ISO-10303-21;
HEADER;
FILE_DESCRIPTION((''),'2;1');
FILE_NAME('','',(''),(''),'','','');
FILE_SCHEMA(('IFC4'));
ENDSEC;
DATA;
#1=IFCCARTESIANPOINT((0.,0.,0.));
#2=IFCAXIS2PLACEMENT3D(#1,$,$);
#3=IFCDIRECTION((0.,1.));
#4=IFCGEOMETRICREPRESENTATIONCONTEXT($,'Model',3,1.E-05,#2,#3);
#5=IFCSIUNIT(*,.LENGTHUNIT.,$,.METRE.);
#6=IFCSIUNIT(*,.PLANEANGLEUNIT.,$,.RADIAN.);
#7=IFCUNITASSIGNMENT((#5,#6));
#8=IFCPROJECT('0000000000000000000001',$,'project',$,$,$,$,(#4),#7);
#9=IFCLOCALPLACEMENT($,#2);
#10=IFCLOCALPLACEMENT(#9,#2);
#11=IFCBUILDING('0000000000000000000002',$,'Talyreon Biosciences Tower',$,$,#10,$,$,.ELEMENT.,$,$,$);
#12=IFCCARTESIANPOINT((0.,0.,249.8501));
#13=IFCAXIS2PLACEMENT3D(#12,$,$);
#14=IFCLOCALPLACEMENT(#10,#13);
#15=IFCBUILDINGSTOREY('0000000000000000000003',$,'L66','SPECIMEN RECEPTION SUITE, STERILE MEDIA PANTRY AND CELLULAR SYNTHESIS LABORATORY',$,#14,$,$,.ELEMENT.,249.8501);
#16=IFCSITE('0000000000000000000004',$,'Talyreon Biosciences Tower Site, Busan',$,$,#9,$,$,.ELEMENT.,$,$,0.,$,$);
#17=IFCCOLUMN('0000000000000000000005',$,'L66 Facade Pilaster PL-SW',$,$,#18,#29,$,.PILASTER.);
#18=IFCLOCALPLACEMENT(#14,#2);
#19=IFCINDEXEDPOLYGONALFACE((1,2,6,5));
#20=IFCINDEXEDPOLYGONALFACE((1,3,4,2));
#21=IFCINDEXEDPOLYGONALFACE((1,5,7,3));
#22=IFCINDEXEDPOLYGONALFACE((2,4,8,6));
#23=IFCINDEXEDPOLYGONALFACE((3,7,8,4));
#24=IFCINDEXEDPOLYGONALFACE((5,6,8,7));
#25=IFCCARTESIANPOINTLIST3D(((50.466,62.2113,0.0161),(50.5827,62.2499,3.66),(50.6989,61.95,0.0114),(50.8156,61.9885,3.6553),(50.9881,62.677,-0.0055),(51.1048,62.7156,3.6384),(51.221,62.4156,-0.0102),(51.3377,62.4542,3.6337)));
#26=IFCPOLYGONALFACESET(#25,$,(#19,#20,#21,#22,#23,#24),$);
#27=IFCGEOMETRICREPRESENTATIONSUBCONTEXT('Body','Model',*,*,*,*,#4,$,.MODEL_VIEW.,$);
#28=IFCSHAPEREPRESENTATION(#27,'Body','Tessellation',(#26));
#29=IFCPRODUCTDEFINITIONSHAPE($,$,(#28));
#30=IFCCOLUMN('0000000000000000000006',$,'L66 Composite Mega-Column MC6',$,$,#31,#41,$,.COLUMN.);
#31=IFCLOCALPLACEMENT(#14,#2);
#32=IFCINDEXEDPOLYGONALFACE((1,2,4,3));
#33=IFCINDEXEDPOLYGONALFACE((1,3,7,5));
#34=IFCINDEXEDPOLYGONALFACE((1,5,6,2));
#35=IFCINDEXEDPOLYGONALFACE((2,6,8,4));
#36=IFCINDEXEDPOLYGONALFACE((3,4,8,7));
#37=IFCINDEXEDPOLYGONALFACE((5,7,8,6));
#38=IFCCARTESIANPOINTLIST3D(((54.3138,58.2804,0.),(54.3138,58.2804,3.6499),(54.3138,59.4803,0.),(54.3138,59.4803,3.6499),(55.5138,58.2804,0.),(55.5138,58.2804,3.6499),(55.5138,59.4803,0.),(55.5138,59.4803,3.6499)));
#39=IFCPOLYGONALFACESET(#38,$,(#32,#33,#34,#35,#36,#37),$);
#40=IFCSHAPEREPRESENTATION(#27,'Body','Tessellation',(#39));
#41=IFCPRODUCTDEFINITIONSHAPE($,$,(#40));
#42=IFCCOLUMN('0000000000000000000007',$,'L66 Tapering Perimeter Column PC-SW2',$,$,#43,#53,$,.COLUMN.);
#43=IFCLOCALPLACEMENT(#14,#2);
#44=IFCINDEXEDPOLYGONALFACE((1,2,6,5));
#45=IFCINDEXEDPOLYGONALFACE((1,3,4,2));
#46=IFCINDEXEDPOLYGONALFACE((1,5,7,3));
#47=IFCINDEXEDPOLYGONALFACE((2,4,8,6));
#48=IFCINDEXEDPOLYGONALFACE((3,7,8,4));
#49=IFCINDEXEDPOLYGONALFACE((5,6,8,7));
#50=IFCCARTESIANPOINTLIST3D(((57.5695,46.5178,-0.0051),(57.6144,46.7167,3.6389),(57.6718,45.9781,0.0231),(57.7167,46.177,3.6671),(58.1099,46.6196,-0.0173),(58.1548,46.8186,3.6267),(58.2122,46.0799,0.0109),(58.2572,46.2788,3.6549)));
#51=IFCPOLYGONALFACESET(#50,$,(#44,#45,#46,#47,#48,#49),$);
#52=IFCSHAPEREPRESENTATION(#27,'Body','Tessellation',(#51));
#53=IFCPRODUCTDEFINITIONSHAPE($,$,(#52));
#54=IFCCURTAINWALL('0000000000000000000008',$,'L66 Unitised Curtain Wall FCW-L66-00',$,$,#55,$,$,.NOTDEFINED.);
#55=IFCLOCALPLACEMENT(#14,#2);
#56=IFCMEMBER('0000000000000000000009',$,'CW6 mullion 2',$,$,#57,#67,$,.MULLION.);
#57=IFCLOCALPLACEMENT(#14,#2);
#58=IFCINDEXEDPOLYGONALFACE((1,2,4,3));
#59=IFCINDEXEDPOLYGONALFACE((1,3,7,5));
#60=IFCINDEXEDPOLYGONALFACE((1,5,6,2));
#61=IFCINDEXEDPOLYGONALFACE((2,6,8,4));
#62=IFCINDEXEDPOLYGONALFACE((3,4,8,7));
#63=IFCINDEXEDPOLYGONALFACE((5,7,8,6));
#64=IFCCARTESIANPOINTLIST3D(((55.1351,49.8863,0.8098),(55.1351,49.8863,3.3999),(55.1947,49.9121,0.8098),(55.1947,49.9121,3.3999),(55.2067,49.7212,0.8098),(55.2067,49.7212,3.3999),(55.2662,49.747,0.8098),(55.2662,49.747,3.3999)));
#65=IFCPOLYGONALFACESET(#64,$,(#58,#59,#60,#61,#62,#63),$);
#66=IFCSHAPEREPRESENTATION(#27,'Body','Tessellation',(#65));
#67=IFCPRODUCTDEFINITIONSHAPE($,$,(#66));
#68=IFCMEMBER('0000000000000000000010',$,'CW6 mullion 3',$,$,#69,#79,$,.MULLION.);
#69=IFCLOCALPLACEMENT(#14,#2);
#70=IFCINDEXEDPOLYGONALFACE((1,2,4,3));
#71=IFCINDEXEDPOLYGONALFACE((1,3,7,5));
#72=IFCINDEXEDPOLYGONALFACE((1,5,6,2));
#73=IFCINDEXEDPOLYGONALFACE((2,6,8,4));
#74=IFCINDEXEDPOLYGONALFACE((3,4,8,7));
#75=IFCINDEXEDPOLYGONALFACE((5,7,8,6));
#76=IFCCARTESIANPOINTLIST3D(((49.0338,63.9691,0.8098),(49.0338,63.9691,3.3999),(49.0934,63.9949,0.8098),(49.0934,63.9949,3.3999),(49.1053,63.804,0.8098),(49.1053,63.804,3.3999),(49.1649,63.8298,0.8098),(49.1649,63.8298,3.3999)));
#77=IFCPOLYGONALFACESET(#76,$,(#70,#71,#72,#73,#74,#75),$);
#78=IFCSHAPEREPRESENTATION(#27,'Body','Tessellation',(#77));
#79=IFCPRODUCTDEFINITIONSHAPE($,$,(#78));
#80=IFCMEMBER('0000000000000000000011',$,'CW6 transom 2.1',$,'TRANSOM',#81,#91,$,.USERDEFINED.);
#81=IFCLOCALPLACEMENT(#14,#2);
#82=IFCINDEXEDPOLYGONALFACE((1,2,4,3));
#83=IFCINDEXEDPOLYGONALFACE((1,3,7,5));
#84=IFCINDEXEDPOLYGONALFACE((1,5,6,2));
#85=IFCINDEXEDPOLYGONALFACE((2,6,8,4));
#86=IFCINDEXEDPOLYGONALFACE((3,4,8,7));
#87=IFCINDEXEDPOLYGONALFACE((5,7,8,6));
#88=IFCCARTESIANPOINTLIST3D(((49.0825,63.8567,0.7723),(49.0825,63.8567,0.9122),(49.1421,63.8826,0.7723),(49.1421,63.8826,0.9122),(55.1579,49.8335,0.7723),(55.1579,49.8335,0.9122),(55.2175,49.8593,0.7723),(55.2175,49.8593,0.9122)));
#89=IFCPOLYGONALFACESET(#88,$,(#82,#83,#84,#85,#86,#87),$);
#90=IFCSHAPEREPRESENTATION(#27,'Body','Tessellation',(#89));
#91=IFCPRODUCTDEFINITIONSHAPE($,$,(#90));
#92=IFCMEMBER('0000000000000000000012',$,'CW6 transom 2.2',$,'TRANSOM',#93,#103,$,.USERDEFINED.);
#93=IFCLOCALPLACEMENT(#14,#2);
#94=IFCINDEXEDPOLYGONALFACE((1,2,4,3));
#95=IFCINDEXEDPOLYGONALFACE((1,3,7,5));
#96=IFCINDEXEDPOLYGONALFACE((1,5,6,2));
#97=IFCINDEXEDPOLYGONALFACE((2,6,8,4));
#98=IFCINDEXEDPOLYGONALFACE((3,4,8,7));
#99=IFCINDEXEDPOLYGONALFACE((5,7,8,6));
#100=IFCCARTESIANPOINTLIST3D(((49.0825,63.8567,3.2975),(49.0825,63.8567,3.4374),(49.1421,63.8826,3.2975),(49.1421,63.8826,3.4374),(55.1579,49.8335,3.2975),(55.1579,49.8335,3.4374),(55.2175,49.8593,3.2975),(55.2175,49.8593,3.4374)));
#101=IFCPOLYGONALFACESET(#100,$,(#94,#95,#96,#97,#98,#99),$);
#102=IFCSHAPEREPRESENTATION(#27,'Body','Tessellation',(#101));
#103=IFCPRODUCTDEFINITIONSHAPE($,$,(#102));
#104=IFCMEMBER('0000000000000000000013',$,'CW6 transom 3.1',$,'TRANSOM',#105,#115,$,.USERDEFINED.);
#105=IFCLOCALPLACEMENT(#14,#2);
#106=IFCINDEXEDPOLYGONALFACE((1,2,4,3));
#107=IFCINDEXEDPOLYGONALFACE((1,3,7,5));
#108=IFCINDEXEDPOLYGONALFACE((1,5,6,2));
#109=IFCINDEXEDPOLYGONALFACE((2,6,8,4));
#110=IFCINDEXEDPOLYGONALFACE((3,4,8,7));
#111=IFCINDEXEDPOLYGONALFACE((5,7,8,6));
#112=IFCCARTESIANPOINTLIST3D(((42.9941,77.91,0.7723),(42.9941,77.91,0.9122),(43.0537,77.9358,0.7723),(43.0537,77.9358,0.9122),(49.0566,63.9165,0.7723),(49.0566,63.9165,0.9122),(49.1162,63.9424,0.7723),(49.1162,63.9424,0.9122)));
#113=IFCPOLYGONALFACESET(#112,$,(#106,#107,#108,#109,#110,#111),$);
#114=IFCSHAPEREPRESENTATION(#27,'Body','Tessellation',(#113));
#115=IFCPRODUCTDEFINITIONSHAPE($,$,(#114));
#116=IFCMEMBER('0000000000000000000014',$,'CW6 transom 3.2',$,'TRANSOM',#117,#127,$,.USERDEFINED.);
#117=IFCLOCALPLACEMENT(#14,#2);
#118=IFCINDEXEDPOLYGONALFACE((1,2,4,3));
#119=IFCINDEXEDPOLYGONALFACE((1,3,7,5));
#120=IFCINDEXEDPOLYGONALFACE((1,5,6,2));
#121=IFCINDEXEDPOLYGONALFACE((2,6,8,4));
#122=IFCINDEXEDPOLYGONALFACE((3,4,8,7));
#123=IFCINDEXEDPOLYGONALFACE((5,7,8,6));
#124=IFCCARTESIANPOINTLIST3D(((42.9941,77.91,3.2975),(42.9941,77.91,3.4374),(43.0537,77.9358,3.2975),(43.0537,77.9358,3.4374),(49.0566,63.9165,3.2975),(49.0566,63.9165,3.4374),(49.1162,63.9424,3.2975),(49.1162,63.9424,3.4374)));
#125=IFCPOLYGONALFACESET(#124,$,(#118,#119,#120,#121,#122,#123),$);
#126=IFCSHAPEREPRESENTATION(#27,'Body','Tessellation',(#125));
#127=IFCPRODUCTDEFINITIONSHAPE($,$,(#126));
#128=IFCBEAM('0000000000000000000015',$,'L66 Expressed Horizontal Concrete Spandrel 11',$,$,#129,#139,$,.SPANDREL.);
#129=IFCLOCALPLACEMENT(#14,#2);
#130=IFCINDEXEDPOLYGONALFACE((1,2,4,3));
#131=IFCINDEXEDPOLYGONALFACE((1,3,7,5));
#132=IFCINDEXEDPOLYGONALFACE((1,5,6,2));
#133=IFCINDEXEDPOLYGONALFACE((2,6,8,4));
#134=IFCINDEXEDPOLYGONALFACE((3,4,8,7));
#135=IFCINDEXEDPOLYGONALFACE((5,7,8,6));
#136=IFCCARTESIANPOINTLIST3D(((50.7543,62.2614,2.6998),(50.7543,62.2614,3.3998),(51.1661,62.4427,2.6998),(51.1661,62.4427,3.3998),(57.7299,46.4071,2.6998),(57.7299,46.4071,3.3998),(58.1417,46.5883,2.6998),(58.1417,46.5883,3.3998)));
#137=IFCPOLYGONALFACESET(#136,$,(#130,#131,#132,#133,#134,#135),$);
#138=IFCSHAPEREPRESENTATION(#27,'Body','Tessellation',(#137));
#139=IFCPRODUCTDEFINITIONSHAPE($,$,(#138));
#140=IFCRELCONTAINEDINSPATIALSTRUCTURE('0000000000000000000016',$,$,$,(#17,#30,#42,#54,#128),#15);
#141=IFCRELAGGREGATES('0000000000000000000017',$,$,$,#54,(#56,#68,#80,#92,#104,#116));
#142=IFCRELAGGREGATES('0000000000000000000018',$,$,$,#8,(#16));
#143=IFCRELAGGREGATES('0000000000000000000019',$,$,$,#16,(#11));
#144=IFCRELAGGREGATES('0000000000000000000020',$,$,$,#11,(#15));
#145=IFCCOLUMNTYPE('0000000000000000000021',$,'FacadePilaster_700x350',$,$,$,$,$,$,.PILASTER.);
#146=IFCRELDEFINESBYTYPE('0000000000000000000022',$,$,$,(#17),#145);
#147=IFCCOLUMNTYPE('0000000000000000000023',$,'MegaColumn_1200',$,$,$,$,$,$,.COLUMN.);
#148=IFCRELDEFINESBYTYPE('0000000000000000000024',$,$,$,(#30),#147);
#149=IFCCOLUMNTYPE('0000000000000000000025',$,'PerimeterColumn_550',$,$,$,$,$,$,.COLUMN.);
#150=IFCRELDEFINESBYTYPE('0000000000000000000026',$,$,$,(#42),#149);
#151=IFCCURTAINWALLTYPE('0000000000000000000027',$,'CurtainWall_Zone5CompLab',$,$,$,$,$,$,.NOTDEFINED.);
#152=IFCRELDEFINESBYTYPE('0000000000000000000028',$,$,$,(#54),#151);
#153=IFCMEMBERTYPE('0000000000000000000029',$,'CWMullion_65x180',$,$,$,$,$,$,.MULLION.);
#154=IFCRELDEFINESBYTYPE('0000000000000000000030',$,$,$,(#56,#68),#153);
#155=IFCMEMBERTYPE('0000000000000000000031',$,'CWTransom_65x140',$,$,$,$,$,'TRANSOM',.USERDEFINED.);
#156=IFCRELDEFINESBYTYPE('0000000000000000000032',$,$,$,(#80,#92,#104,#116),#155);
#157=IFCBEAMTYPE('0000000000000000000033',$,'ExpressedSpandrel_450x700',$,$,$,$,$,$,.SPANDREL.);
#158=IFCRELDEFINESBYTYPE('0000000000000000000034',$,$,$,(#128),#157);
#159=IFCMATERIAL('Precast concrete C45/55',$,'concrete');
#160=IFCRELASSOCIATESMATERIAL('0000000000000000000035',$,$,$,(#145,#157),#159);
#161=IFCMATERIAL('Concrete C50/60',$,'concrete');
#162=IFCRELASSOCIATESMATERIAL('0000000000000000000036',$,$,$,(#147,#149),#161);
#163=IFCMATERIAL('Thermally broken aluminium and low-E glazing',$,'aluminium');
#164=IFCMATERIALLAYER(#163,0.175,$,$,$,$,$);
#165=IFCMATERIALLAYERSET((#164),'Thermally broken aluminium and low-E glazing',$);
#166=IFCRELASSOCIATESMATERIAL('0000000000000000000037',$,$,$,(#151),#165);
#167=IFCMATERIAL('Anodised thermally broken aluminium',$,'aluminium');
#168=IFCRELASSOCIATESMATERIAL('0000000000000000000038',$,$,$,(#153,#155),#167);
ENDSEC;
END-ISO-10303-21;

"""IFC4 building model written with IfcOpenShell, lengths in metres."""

from ifc_helpers import new_model, si_unit, direction, frame, origin, origin_2d, place, context, subcontext, project, spatial, rectangle, extrude, material, layer, layer_set, material_profile, profile_set, type_object, element, aggregate, save


model = new_model("IFC4")

# Units and contexts
model_context = context("Model", 3, precision=1e-05, world=origin(), true_north=direction((0.0, 1.0)))
body_context = subcontext(model_context, "Body", "Model", "MODEL_VIEW")
ifc_project = project(units=[si_unit("LENGTHUNIT", "METRE"), si_unit("PLANEANGLEUNIT", "RADIAN")], contexts=[model_context])

# Site, building, storey
site_placement = place(None, origin())
site = spatial("IfcSite", under=ifc_project, at=site_placement, Name="Talyreon Biosciences Tower Site, Busan", CompositionType="ELEMENT", RefElevation=0.0)
building_placement = place(site_placement, origin())
building = spatial("IfcBuilding", under=site, at=building_placement, Name="Talyreon Biosciences Tower", CompositionType="ELEMENT")
storey_placement = place(building_placement, frame((0.0, 0.0, 249.8501)))
storey = spatial("IfcBuildingStorey", under=building, at=storey_placement, Name="L66", Description="SPECIMEN RECEPTION SUITE, STERILE MEDIA PANTRY AND CELLULAR SYNTHESIS LABORATORY", CompositionType="ELEMENT", Elevation=249.8501)

# Columns
ifc_material_1 = material(Name="Precast concrete C45/55", Category="concrete")
ifc_material_profile_1 = material_profile(ifc_material_1, rectangle(XDim=0.7, YDim=0.3501, at=origin_2d()), Name="RC 700x350")
ifc_profile_set_1 = profile_set([ifc_material_profile_1], Name="Precast concrete C45/55")
column_type_1 = type_object("IfcColumnType", Name="FacadePilaster_700x350", PredefinedType="PILASTER", material=ifc_profile_set_1)
column_1_placement = place(storey_placement, frame((50.8435, 62.3135, 0.0029), z_axis=(0.032006, 0.01058, 0.999432), x_axis=(0.745969, 0.665262, -0.030932)))
element("IfcColumn", 1, at=column_1_placement, inside=storey, type_object=column_type_1, Name="L66 Facade Pilaster PL-SW", PredefinedType="PILASTER", context=body_context, shape_type="SweptSolid", body=[
    extrude(rectangle(XDim=0.7, YDim=0.3501, at=origin_2d()), origin(), (0.0, 0.0, 1.0), 3.646),
])
ifc_material_2 = material(Name="Concrete C50/60", Category="concrete")
ifc_material_profile_2 = material_profile(ifc_material_2, rectangle(XDim=1.2, YDim=1.2, at=origin_2d()), Name="RC 1200x1200")
ifc_profile_set_2 = profile_set([ifc_material_profile_2], Name="Concrete C50/60")
column_type_2 = type_object("IfcColumnType", Name="MegaColumn_1200", PredefinedType="COLUMN", material=ifc_profile_set_2)
column_2_placement = place(storey_placement, frame((54.9138, 58.8804, 0.0), z_axis=(0.0, 0.0, 1.0), x_axis=(1.0, 0.0, 0.0)))
element("IfcColumn", 2, at=column_2_placement, inside=storey, type_object=column_type_2, Name="L66 Composite Mega-Column MC6", PredefinedType="COLUMN", context=body_context, shape_type="SweptSolid", body=[
    extrude(rectangle(XDim=1.2, YDim=1.2, at=origin_2d()), origin(), (0.0, 0.0, 1.0), 3.6499),
])
ifc_material_profile_3 = material_profile(ifc_material_2, rectangle(XDim=0.55, YDim=0.55, at=origin_2d()), Name="RC 550x550")
ifc_profile_set_3 = profile_set([ifc_material_profile_3], Name="Concrete C50/60")
column_type_3 = type_object("IfcColumnType", Name="PerimeterColumn_550", PredefinedType="COLUMN", material=ifc_profile_set_3)
column_3_placement = place(storey_placement, frame((57.8909, 46.2988, 0.0029), z_axis=(0.012308, 0.054517, 0.998437), x_axis=(-0.186013, 0.981208, -0.051284)))
element("IfcColumn", 3, at=column_3_placement, inside=storey, type_object=column_type_3, Name="L66 Tapering Perimeter Column PC-SW2", PredefinedType="COLUMN", context=body_context, shape_type="SweptSolid", body=[
    extrude(rectangle(XDim=0.55, YDim=0.55, at=origin_2d()), origin(), (0.0, 0.0, 1.0), 3.6497),
])

# Curtain wall, members
ifc_material_3 = material(Name="Thermally broken aluminium and low-E glazing", Category="aluminium")
ifc_layer_1 = layer(ifc_material_3, 0.175)
ifc_layer_set_1 = layer_set([ifc_layer_1], Name="Thermally broken aluminium and low-E glazing")
curtain_wall_type = type_object("IfcCurtainWallType", Name="CurtainWall_Zone5CompLab", PredefinedType="NOTDEFINED", material=ifc_layer_set_1)
curtain_wall_placement = place(storey_placement, origin())
curtain_wall = element("IfcCurtainWall", 4, at=curtain_wall_placement, inside=storey, type_object=curtain_wall_type, Name="L66 Unitised Curtain Wall FCW-L66-00", PredefinedType="NOTDEFINED")
ifc_material_4 = material(Name="Anodised thermally broken aluminium", Category="aluminium")
ifc_material_profile_4 = material_profile(ifc_material_4, rectangle(XDim=0.0649, YDim=0.1799, at=origin_2d()), Name="ALUM MULLION 65x180")
ifc_profile_set_4 = profile_set([ifc_material_profile_4], Name="Anodised thermally broken aluminium")
member_type_1 = type_object("IfcMemberType", Name="CWMullion_65x180", PredefinedType="MULLION", material=ifc_profile_set_4)
member_1_placement = place(storey_placement, frame((55.2007, 49.8167, 0.8098), z_axis=(0.0, 0.0, 1.0), x_axis=(-0.917586, -0.397537, 0.0)))
member_1 = element("IfcMember", 5, at=member_1_placement, type_object=member_type_1, Name="CW6 mullion 2", PredefinedType="MULLION", context=body_context, shape_type="SweptSolid", body=[
    extrude(rectangle(XDim=0.0649, YDim=0.1799, at=origin_2d()), origin(), (0.0, 0.0, 1.0), 2.5901),
])
member_2_placement = place(storey_placement, frame((49.0994, 63.8994, 0.8098), z_axis=(0.0, 0.0, 1.0), x_axis=(-0.917586, -0.397537, 0.0)))
member_2 = element("IfcMember", 6, at=member_2_placement, type_object=member_type_1, Name="CW6 mullion 3", PredefinedType="MULLION", context=body_context, shape_type="SweptSolid", body=[
    extrude(rectangle(XDim=0.0649, YDim=0.1799, at=origin_2d()), origin(), (0.0, 0.0, 1.0), 2.5901),
])
ifc_material_profile_5 = material_profile(ifc_material_4, rectangle(XDim=0.0649, YDim=0.1399, at=origin_2d()), Name="ALUM TRANSOM 65x140")
ifc_profile_set_5 = profile_set([ifc_material_profile_5], Name="Anodised thermally broken aluminium")
member_type_2 = type_object("IfcMemberType", Name="CWTransom_65x140", ElementType="TRANSOM", PredefinedType="USERDEFINED", material=ifc_profile_set_5)
member_3_placement = place(storey_placement, frame((55.1877, 49.8464, 0.8423), z_axis=(-0.397537, 0.917586, 0.0), x_axis=(-0.917586, -0.397537, 0.0)))
member_3 = element("IfcMember", 7, at=member_3_placement, type_object=member_type_2, Name="CW6 transom 2.1", ObjectType="TRANSOM", PredefinedType="USERDEFINED", context=body_context, shape_type="SweptSolid", body=[
    extrude(rectangle(XDim=0.0649, YDim=0.1399, at=origin_2d()), origin(), (0.0, 0.0, 1.0), 15.2827),
])
member_4_placement = place(storey_placement, frame((55.1877, 49.8464, 3.3674), z_axis=(-0.397537, 0.917586, 0.0), x_axis=(-0.917586, -0.397537, 0.0)))
member_4 = element("IfcMember", 8, at=member_4_placement, type_object=member_type_2, Name="CW6 transom 2.2", ObjectType="TRANSOM", PredefinedType="USERDEFINED", context=body_context, shape_type="SweptSolid", body=[
    extrude(rectangle(XDim=0.0649, YDim=0.1399, at=origin_2d()), origin(), (0.0, 0.0, 1.0), 15.2827),
])
member_5_placement = place(storey_placement, frame((49.0864, 63.9294, 0.8423), z_axis=(-0.397535, 0.917587, 0.0), x_axis=(-0.917587, -0.397535, 0.0)))
member_5 = element("IfcMember", 9, at=member_5_placement, type_object=member_type_2, Name="CW6 transom 3.1", ObjectType="TRANSOM", PredefinedType="USERDEFINED", context=body_context, shape_type="SweptSolid", body=[
    extrude(rectangle(XDim=0.0649, YDim=0.1399, at=origin_2d()), origin(), (0.0, 0.0, 1.0), 15.2502),
])
member_6_placement = place(storey_placement, frame((49.0864, 63.9294, 3.3674), z_axis=(-0.397535, 0.917587, 0.0), x_axis=(-0.917587, -0.397535, 0.0)))
member_6 = element("IfcMember", 10, at=member_6_placement, type_object=member_type_2, Name="CW6 transom 3.2", ObjectType="TRANSOM", PredefinedType="USERDEFINED", context=body_context, shape_type="SweptSolid", body=[
    extrude(rectangle(XDim=0.0649, YDim=0.1399, at=origin_2d()), origin(), (0.0, 0.0, 1.0), 15.2502),
])

# Beam
ifc_material_profile_6 = material_profile(ifc_material_1, rectangle(XDim=0.45, YDim=0.7, at=origin_2d()), Name="RCB 450x700")
ifc_profile_set_6 = profile_set([ifc_material_profile_6], Name="Precast concrete C45/55")
beam_type_1 = type_object("IfcBeamType", Name="ExpressedSpandrel_450x700", PredefinedType="SPANDREL", material=ifc_profile_set_6)
beam_1_placement = place(storey_placement, frame((50.9602, 62.3521, 3.0498), z_axis=(0.402725, -0.915321, 0.0), x_axis=(0.915321, 0.402725, 0.0)))
element("IfcBeam", 11, at=beam_1_placement, inside=storey, type_object=beam_type_1, Name="L66 Expressed Horizontal Concrete Spandrel 11", PredefinedType="SPANDREL", context=body_context, shape_type="SweptSolid", body=[
    extrude(rectangle(XDim=0.45, YDim=0.7, at=origin_2d()), origin(), (0.0, 0.0, 1.0), 17.321),
])

aggregate(curtain_wall, [member_1, member_2, member_3, member_4, member_5, member_6])

save(model, "model.ifc")
